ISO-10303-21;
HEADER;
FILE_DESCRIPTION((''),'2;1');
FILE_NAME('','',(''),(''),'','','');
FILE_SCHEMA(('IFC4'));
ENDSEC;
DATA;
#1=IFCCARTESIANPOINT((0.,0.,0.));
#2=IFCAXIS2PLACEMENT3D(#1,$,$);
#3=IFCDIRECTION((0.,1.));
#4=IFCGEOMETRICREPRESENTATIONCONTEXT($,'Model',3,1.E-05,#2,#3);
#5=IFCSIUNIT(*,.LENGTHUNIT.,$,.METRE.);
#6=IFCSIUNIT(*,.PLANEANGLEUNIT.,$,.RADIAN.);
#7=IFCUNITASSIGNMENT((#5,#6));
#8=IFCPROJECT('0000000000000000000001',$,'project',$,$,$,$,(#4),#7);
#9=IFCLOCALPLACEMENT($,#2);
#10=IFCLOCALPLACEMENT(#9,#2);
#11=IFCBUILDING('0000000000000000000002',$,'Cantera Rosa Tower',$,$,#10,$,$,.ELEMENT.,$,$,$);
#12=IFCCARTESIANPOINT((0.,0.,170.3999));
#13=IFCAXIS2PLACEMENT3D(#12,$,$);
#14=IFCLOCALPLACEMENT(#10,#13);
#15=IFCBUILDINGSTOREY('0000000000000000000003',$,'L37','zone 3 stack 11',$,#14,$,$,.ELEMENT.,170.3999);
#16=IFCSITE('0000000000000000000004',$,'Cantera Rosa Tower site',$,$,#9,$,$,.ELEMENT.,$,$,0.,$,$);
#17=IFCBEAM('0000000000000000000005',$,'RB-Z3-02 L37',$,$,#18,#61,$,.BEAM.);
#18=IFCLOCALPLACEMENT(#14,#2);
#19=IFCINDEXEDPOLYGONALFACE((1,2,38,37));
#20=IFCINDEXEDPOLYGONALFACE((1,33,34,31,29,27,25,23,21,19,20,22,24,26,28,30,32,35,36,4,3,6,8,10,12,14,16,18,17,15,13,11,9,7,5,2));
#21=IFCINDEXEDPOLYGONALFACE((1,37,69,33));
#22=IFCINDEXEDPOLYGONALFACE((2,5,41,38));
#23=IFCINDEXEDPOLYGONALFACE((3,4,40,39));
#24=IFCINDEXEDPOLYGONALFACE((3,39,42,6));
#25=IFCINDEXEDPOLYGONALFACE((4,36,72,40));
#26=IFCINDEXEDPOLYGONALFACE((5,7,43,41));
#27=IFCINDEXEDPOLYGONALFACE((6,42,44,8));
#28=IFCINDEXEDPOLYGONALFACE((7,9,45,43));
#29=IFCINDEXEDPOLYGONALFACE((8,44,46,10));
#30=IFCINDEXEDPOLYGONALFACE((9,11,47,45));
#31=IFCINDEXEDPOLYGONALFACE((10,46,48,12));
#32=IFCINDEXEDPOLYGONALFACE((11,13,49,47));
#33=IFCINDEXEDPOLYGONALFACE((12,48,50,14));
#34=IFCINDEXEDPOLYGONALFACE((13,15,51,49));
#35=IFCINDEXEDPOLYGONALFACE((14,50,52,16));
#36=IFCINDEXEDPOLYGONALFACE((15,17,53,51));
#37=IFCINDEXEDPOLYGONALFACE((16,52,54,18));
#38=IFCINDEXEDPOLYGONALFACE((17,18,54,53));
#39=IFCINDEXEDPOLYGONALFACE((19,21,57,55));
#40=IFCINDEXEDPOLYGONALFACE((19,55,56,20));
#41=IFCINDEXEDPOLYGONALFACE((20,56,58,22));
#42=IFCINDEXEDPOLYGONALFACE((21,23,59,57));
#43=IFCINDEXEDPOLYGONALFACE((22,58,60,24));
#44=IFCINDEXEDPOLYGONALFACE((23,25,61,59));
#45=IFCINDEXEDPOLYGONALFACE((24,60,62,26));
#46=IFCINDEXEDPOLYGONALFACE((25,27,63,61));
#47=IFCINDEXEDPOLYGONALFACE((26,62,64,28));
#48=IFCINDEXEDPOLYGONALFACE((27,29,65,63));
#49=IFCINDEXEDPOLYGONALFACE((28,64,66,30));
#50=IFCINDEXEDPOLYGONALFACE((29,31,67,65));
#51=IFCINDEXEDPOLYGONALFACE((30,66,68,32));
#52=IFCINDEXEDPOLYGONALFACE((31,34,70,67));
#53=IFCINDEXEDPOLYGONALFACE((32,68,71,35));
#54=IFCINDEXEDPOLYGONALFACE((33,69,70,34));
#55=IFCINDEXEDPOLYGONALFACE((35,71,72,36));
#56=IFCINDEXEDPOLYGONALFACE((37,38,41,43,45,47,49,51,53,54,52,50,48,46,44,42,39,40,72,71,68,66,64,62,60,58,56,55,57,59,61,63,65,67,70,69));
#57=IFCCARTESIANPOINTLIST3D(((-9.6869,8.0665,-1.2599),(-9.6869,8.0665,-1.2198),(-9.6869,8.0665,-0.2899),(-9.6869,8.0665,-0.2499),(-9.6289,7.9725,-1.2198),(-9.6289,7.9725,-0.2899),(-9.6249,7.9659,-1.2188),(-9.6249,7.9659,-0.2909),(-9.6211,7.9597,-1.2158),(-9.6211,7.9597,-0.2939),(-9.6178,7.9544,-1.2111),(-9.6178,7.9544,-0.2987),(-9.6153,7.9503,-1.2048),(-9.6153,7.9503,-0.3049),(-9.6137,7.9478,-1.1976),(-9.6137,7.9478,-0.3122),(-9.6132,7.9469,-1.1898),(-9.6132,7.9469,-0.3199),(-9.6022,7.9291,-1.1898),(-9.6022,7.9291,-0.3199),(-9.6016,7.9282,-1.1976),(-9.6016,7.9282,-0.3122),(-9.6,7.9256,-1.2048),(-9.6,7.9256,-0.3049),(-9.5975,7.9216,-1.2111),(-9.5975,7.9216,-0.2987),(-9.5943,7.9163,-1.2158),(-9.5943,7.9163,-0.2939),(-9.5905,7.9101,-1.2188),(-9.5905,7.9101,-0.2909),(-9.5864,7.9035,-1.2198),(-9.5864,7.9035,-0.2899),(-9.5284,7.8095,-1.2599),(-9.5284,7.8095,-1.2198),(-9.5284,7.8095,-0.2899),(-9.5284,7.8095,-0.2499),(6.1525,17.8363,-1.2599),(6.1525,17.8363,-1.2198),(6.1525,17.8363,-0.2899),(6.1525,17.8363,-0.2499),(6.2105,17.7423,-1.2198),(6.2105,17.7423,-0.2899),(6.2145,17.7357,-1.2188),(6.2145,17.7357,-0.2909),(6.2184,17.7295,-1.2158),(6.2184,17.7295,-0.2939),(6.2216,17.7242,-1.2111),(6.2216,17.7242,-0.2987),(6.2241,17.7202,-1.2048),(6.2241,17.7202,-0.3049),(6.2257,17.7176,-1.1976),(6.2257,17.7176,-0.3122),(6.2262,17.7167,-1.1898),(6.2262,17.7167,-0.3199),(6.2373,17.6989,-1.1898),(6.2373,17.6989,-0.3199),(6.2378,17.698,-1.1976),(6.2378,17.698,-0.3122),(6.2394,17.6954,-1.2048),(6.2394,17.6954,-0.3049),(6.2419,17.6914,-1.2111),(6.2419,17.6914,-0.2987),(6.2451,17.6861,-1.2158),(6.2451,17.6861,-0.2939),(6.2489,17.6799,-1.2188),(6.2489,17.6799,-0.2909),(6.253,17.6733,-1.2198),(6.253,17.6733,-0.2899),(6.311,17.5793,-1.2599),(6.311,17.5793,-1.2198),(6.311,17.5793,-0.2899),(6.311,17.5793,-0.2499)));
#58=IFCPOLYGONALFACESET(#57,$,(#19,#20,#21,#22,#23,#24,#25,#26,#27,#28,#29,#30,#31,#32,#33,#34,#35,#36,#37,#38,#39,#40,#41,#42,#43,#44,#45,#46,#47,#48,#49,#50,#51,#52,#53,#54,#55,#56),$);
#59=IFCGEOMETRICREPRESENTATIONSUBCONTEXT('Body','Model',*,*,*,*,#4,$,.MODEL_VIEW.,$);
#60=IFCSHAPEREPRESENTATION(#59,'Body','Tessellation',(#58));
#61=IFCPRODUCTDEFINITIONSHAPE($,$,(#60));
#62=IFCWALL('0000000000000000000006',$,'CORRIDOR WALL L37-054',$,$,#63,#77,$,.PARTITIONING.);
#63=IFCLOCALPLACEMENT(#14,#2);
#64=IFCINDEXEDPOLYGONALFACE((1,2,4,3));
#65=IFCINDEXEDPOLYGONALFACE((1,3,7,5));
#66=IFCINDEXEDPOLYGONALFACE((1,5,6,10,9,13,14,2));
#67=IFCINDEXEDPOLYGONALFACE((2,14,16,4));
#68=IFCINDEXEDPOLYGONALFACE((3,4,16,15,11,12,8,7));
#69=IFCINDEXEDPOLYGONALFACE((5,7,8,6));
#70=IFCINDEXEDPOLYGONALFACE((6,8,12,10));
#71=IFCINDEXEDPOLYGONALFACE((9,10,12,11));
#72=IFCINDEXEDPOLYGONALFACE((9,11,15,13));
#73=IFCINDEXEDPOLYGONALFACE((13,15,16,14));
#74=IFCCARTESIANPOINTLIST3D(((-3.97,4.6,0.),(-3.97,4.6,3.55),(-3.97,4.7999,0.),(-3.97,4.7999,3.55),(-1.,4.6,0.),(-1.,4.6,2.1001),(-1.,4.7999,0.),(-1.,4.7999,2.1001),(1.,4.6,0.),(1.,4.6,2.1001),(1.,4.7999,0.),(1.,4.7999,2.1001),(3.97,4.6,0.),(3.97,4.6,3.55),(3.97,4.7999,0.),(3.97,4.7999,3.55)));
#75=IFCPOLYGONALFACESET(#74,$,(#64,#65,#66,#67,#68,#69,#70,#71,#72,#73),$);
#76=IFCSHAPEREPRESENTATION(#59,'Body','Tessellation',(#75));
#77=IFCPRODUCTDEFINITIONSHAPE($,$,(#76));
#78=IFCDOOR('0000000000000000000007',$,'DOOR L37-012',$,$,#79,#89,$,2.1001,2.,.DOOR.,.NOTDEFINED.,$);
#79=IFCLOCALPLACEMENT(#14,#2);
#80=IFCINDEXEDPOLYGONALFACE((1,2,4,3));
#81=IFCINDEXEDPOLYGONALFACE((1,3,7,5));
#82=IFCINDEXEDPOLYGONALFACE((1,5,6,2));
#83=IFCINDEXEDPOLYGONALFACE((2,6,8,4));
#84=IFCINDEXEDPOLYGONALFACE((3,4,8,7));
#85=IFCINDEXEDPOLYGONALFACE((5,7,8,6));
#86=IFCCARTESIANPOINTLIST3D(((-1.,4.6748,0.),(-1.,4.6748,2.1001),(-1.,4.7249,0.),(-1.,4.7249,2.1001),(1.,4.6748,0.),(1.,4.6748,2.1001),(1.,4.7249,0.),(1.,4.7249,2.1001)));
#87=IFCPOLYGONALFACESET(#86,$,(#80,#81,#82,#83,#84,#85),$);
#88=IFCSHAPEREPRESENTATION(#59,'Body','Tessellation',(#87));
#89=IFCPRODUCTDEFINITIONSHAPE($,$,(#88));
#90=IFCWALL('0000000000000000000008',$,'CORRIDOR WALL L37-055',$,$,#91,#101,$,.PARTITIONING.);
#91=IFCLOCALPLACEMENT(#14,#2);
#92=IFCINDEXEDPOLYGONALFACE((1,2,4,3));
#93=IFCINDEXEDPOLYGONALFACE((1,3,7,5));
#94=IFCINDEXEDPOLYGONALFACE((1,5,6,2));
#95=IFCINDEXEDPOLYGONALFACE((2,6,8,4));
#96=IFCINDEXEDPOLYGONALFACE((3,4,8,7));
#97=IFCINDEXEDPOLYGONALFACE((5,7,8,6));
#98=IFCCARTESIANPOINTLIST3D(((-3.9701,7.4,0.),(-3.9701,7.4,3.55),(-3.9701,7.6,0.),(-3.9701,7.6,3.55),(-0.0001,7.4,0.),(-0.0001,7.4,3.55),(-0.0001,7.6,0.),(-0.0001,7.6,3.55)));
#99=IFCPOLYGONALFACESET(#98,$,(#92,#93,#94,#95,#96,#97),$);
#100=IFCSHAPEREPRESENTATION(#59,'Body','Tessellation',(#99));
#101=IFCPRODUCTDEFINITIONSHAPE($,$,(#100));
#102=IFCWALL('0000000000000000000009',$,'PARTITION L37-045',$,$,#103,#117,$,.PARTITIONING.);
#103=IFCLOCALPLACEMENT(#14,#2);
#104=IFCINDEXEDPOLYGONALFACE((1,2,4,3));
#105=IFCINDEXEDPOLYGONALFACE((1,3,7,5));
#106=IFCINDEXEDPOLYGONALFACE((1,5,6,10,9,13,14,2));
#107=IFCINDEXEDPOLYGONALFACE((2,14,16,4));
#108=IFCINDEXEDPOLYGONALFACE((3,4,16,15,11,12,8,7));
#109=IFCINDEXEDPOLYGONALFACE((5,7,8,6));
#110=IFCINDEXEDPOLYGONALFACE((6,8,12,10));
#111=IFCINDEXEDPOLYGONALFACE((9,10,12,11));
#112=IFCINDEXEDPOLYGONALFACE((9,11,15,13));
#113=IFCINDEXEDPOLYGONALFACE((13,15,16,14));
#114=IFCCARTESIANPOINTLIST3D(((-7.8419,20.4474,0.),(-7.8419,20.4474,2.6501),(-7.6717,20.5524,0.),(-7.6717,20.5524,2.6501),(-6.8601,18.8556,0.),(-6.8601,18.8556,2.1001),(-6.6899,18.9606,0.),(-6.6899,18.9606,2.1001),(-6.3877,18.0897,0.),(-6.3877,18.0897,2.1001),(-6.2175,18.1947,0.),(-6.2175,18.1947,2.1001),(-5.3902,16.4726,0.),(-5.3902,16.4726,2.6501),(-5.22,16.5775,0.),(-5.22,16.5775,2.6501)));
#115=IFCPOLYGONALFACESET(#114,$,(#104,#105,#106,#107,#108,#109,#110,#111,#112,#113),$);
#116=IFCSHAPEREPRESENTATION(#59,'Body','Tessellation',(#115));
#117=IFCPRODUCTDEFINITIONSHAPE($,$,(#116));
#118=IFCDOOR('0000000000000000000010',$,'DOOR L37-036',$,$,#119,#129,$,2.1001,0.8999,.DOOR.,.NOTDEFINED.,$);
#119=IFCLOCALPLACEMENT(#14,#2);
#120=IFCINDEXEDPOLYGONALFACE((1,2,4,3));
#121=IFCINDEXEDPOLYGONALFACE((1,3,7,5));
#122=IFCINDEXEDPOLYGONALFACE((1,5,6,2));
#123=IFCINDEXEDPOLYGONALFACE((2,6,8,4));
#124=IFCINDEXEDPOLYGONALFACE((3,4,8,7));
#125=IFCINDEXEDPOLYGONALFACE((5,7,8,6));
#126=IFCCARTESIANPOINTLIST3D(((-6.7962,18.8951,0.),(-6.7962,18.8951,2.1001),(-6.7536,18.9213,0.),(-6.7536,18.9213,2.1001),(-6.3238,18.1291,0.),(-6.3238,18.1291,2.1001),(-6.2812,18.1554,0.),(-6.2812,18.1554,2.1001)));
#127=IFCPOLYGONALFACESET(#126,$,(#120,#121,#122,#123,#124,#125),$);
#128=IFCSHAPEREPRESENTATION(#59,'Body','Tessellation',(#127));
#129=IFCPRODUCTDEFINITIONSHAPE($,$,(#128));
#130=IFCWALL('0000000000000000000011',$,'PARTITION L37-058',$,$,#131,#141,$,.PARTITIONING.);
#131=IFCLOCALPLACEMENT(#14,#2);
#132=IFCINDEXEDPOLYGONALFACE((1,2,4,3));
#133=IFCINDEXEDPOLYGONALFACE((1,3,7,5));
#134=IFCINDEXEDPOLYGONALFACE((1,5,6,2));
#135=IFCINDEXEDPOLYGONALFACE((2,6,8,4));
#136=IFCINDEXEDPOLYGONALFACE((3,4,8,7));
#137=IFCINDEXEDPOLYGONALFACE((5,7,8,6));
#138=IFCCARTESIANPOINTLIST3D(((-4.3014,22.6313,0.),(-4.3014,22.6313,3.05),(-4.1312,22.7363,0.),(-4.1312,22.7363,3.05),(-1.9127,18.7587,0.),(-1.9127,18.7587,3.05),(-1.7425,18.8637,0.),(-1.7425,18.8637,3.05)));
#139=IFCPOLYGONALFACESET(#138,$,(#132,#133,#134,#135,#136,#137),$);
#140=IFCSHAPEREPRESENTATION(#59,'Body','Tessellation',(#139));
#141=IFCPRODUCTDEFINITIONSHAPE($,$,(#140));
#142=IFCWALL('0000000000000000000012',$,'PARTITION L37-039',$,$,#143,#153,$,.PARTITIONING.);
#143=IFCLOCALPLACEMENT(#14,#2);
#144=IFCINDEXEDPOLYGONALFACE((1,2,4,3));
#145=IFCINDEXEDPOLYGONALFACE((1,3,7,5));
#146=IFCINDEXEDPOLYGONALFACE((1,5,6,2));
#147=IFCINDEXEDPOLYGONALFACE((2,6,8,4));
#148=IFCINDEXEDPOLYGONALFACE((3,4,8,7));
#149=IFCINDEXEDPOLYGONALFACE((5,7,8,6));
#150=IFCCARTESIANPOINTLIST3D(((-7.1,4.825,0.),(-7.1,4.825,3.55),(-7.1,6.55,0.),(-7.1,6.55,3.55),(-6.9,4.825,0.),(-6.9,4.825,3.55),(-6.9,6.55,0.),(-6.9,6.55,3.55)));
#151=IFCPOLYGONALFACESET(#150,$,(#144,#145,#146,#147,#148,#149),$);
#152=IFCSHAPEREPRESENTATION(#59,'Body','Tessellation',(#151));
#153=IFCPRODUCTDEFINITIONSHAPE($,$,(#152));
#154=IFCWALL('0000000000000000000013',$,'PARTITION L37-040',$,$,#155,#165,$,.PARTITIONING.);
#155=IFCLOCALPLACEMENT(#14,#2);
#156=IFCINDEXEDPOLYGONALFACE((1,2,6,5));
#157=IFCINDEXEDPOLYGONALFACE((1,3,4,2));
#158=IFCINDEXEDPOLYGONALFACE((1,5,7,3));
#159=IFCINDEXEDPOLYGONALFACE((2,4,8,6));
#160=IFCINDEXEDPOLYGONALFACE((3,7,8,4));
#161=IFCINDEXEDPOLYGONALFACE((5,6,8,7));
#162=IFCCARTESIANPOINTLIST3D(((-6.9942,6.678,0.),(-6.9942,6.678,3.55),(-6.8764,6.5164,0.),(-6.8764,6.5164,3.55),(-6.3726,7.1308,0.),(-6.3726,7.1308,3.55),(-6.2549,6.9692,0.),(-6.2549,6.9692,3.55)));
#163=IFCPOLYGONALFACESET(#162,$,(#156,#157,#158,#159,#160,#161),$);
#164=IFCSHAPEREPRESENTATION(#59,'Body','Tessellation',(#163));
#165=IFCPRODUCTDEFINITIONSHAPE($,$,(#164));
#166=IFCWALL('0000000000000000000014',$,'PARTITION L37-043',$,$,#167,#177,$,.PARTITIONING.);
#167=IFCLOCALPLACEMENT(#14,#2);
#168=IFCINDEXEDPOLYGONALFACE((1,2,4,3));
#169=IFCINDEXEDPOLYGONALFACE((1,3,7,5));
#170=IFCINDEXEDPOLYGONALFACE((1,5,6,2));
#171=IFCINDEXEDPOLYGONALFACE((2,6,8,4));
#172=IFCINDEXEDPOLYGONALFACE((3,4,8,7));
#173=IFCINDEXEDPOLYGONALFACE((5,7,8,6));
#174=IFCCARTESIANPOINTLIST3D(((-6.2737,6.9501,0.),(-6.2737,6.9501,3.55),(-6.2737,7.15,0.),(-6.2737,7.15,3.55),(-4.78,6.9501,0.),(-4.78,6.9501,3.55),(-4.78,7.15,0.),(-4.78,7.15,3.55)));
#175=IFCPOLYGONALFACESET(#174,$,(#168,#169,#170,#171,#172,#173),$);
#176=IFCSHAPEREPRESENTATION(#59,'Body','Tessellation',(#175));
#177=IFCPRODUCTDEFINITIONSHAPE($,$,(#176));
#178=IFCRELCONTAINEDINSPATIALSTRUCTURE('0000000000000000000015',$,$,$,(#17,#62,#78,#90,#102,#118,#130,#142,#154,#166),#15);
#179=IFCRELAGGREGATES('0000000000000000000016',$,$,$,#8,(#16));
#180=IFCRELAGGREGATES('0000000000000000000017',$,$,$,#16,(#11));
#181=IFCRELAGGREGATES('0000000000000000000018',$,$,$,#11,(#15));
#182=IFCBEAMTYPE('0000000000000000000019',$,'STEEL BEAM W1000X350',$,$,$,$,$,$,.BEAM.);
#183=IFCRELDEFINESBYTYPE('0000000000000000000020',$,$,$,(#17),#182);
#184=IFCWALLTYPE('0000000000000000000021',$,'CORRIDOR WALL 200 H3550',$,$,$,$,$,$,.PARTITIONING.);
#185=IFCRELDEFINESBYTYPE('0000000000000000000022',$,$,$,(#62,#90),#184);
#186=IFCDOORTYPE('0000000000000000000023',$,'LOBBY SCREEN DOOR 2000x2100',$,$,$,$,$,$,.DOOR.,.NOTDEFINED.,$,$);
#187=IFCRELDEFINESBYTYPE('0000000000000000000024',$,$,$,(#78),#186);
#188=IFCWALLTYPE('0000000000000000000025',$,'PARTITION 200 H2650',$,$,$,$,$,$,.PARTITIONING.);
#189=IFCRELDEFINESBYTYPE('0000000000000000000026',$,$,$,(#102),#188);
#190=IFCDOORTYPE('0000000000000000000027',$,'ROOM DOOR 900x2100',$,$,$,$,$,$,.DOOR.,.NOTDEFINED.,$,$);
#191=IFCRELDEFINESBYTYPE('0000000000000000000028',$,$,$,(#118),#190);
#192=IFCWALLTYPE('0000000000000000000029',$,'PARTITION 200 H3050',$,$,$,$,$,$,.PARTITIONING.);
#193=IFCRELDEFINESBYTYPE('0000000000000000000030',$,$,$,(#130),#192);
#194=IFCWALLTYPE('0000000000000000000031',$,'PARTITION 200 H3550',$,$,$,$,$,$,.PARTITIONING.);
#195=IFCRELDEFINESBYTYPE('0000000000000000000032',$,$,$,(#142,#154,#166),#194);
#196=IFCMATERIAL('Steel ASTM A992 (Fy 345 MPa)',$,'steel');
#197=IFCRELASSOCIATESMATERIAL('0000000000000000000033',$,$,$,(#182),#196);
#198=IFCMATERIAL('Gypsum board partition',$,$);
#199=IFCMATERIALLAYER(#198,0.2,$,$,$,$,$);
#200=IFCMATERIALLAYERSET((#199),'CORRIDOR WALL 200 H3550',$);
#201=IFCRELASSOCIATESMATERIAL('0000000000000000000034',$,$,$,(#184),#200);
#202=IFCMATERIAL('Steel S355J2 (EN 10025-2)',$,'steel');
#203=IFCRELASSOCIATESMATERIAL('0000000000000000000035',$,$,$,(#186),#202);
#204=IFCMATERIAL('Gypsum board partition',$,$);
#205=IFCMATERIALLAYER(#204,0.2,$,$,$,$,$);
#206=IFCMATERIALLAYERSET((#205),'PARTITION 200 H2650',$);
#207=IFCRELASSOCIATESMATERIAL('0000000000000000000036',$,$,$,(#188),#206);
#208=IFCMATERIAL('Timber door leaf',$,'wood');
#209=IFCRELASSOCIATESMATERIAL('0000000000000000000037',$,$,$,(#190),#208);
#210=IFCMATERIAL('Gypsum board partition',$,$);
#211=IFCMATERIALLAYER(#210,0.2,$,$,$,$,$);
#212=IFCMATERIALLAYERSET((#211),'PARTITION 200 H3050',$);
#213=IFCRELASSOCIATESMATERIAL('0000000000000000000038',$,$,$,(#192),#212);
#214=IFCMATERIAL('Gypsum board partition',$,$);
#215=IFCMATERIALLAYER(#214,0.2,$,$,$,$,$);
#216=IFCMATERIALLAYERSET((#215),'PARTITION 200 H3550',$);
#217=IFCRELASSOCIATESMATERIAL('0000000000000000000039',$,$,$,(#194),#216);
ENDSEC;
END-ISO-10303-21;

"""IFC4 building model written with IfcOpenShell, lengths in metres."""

from ifc_helpers import new_model, si_unit, direction, frame, frame_2d, origin, origin_2d, place, context, subcontext, project, spatial, rectangle, i_section, extrude, material, layer, layer_set, material_profile, profile_set, type_object, element, fill, save


model = new_model("IFC4")

# Units and contexts
model_context = context("Model", 3, precision=1e-05, world=origin(), true_north=direction((0.0, 1.0)))
body_context = subcontext(model_context, "Body", "Model", "MODEL_VIEW")
ifc_project = project(units=[si_unit("LENGTHUNIT", "METRE"), si_unit("PLANEANGLEUNIT", "RADIAN")], contexts=[model_context])

# Site, building, storey
site_placement = place(None, origin())
site = spatial("IfcSite", under=ifc_project, at=site_placement, Name="Cantera Rosa Tower site", CompositionType="ELEMENT", RefElevation=0.0)
building_placement = place(site_placement, origin())
building = spatial("IfcBuilding", under=site, at=building_placement, Name="Cantera Rosa Tower", CompositionType="ELEMENT")
storey_placement = place(building_placement, frame((0.0, 0.0, 170.3999)))
storey = spatial("IfcBuildingStorey", under=building, at=storey_placement, Name="L37", Description="zone 3 stack 11", CompositionType="ELEMENT", Elevation=170.3999)

# Beam
ifc_material_1 = material(Name="Steel ASTM A992 (Fy 345 MPa)", Category="steel")
ifc_material_profile = material_profile(ifc_material_1, i_section(OverallWidth=0.302, OverallDepth=1.01, WebThickness=0.021, FlangeThickness=0.04, FilletRadius=0.03, at=origin_2d()), Name="W1000X350")
ifc_profile_set = profile_set([ifc_material_profile], Name="Steel ASTM A992 (Fy 345 MPa)")
beam_type = type_object("IfcBeamType", Name="STEEL BEAM W1000X350", PredefinedType="BEAM", material=ifc_profile_set)
beam_placement = place(storey_placement, frame((-9.6077, 7.938, -0.7549), z_axis=(0.851119, 0.524973, 0.0), x_axis=(-0.524973, 0.851119, 0.0)))
element("IfcBeam", 1, at=beam_placement, inside=storey, type_object=beam_type, Name="RB-Z3-02 L37", PredefinedType="BEAM", context=body_context, shape_type="SweptSolid", body=[
    extrude(i_section(OverallWidth=0.302, OverallDepth=1.01, WebThickness=0.021, FlangeThickness=0.04, FilletRadius=0.03, at=origin_2d()), origin(), (0.0, 0.0, 1.0), 18.6101),
])

# Wall, opening, door
ifc_material_2 = material(Name="Gypsum board partition")
ifc_layer_1 = layer(ifc_material_2, 0.2)
ifc_layer_set_1 = layer_set([ifc_layer_1], Name="CORRIDOR WALL 200 H3550")
wall_type_1 = type_object("IfcWallType", Name="CORRIDOR WALL 200 H3550", PredefinedType="PARTITIONING", material=ifc_layer_set_1)
wall_1_placement = place(storey_placement, frame((-3.97, 4.7, 0.0), z_axis=(0.0, 0.0, 1.0), x_axis=(1.0, 0.0, 0.0)))
wall_1 = element("IfcWall", 2, at=wall_1_placement, inside=storey, type_object=wall_type_1, Name="CORRIDOR WALL L37-054", PredefinedType="PARTITIONING", context=body_context, shape_type="SweptSolid", body=[
    extrude(rectangle(XDim=7.9399, YDim=0.2, at=frame_2d((3.97, 0.0))), origin(), (0.0, 0.0, 1.0), 3.55),
])
opening_1_placement = place(wall_1_placement, frame((2.97, 0.0, 0.0)))
opening_1 = element("IfcOpeningElement", 3, at=opening_1_placement, cuts=wall_1, PredefinedType="OPENING", context=body_context, shape_type="SweptSolid", body=[
    extrude(rectangle(XDim=2.0, YDim=2.1001, at=frame_2d((1.0, 1.05))), frame((0.0, 0.1099, 0.0), z_axis=(0.0, -1.0, 0.0), x_axis=(1.0, 0.0, 0.0)), (0.0, 0.0, 1.0), 0.22),
])
ifc_material_3 = material(Name="Steel S355J2 (EN 10025-2)", Category="steel")
door_type_1 = type_object("IfcDoorType", Name="LOBBY SCREEN DOOR 2000x2100", OperationType="NOTDEFINED", PredefinedType="DOOR", material=ifc_material_3)
door_1_placement = place(opening_1_placement, origin())
door_1 = element("IfcDoor", 4, at=door_1_placement, inside=storey, type_object=door_type_1, Name="DOOR L37-012", OperationType="NOTDEFINED", OverallHeight=2.1001, OverallWidth=2.0, PredefinedType="DOOR", context=body_context, shape_type="SweptSolid", body=[
    extrude(rectangle(XDim=2.0, YDim=2.1001, at=frame_2d((1.0, 1.05))), frame((0.0, 0.0249, 0.0), z_axis=(0.0, -1.0, 0.0), x_axis=(1.0, 0.0, 0.0)), (0.0, 0.0, 1.0), 0.05),
])
fill(opening_1, door_1)

# Wall
wall_2_placement = place(storey_placement, frame((-3.97, 7.5, 0.0), z_axis=(0.0, 0.0, 1.0), x_axis=(1.0, 0.0, 0.0)))
element("IfcWall", 5, at=wall_2_placement, inside=storey, type_object=wall_type_1, Name="CORRIDOR WALL L37-055", PredefinedType="PARTITIONING", context=body_context, shape_type="SweptSolid", body=[
    extrude(rectangle(XDim=3.97, YDim=0.2, at=frame_2d((1.9849, 0.0))), origin(), (0.0, 0.0, 1.0), 3.55),
])

# Wall, opening, door
ifc_material_4 = material(Name="Gypsum board partition")
ifc_layer_2 = layer(ifc_material_4, 0.2)
ifc_layer_set_2 = layer_set([ifc_layer_2], Name="PARTITION 200 H2650")
wall_type_2 = type_object("IfcWallType", Name="PARTITION 200 H2650", PredefinedType="PARTITIONING", material=ifc_layer_set_2)
wall_3_placement = place(storey_placement, frame((-5.3052, 16.5251, 0.0), z_axis=(0.0, 0.0, 1.0), x_axis=(-0.524966, 0.851123, 0.0)))
wall_3 = element("IfcWall", 6, at=wall_3_placement, inside=storey, type_object=wall_type_2, Name="PARTITION L37-045", PredefinedType="PARTITIONING", context=body_context, shape_type="SweptSolid", body=[
    extrude(rectangle(XDim=4.6702, YDim=0.2, at=frame_2d((2.335, 0.0))), origin(), (0.0, 0.0, 1.0), 2.6501),
])
opening_2_placement = place(wall_3_placement, frame((1.8999, 0.0, 0.0)))
opening_2 = element("IfcOpeningElement", 7, at=opening_2_placement, cuts=wall_3, PredefinedType="OPENING", context=body_context, shape_type="SweptSolid", body=[
    extrude(rectangle(XDim=0.8999, YDim=2.1001, at=frame_2d((0.45, 1.05))), frame((0.0, 0.1099, 0.0), z_axis=(0.0, -1.0, 0.0), x_axis=(1.0, 0.0, 0.0)), (0.0, 0.0, 1.0), 0.22),
])
ifc_material_5 = material(Name="Timber door leaf", Category="wood")
door_type_2 = type_object("IfcDoorType", Name="ROOM DOOR 900x2100", OperationType="NOTDEFINED", PredefinedType="DOOR", material=ifc_material_5)
door_2_placement = place(opening_2_placement, origin())
door_2 = element("IfcDoor", 8, at=door_2_placement, inside=storey, type_object=door_type_2, Name="DOOR L37-036", OperationType="NOTDEFINED", OverallHeight=2.1001, OverallWidth=0.8999, PredefinedType="DOOR", context=body_context, shape_type="SweptSolid", body=[
    extrude(rectangle(XDim=0.8999, YDim=2.1001, at=frame_2d((0.45, 1.05))), frame((0.0, 0.0249, 0.0), z_axis=(0.0, -1.0, 0.0), x_axis=(1.0, 0.0, 0.0)), (0.0, 0.0, 1.0), 0.05),
])
fill(opening_2, door_2)

# Walls
ifc_material_6 = material(Name="Gypsum board partition")
ifc_layer_3 = layer(ifc_material_6, 0.2)
ifc_layer_set_3 = layer_set([ifc_layer_3], Name="PARTITION 200 H3050")
wall_type_3 = type_object("IfcWallType", Name="PARTITION 200 H3050", PredefinedType="PARTITIONING", material=ifc_layer_set_3)
wall_4_placement = place(storey_placement, frame((-1.8276, 18.8113, 0.0), z_axis=(0.0, 0.0, 1.0), x_axis=(-0.524983, 0.851113, 0.0)))
element("IfcWall", 9, at=wall_4_placement, inside=storey, type_object=wall_type_3, Name="PARTITION L37-058", PredefinedType="PARTITIONING", context=body_context, shape_type="SweptSolid", body=[
    extrude(rectangle(XDim=4.55, YDim=0.2, at=frame_2d((2.2749, 0.0))), origin(), (0.0, 0.0, 1.0), 3.05),
])
ifc_material_7 = material(Name="Gypsum board partition")
ifc_layer_4 = layer(ifc_material_7, 0.2)
ifc_layer_set_4 = layer_set([ifc_layer_4], Name="PARTITION 200 H3550")
wall_type_4 = type_object("IfcWallType", Name="PARTITION 200 H3550", PredefinedType="PARTITIONING", material=ifc_layer_set_4)
wall_5_placement = place(storey_placement, frame((-7.0, 4.825, 0.0), z_axis=(0.0, 0.0, 1.0), x_axis=(0.0, 1.0, 0.0)))
element("IfcWall", 10, at=wall_5_placement, inside=storey, type_object=wall_type_4, Name="PARTITION L37-039", PredefinedType="PARTITIONING", context=body_context, shape_type="SweptSolid", body=[
    extrude(rectangle(XDim=1.7251, YDim=0.2, at=frame_2d((0.8625, 0.0))), origin(), (0.0, 0.0, 1.0), 3.55),
])
wall_6_placement = place(storey_placement, frame((-6.9353, 6.5972, 0.0), z_axis=(0.0, 0.0, 1.0), x_axis=(0.808228, 0.58887, 0.0)))
element("IfcWall", 11, at=wall_6_placement, inside=storey, type_object=wall_type_4, Name="PARTITION L37-040", PredefinedType="PARTITIONING", context=body_context, shape_type="SweptSolid", body=[
    extrude(rectangle(XDim=0.769, YDim=0.2, at=frame_2d((0.3845, 0.0))), origin(), (0.0, 0.0, 1.0), 3.55),
])
wall_7_placement = place(storey_placement, frame((-6.2737, 7.05, 0.0), z_axis=(0.0, 0.0, 1.0), x_axis=(1.0, 0.0, 0.0)))
element("IfcWall", 12, at=wall_7_placement, inside=storey, type_object=wall_type_4, Name="PARTITION L37-043", PredefinedType="PARTITIONING", context=body_context, shape_type="SweptSolid", body=[
    extrude(rectangle(XDim=1.4937, YDim=0.2, at=frame_2d((0.7468, 0.0))), origin(), (0.0, 0.0, 1.0), 3.55),
])

save(model, "model.ifc")
